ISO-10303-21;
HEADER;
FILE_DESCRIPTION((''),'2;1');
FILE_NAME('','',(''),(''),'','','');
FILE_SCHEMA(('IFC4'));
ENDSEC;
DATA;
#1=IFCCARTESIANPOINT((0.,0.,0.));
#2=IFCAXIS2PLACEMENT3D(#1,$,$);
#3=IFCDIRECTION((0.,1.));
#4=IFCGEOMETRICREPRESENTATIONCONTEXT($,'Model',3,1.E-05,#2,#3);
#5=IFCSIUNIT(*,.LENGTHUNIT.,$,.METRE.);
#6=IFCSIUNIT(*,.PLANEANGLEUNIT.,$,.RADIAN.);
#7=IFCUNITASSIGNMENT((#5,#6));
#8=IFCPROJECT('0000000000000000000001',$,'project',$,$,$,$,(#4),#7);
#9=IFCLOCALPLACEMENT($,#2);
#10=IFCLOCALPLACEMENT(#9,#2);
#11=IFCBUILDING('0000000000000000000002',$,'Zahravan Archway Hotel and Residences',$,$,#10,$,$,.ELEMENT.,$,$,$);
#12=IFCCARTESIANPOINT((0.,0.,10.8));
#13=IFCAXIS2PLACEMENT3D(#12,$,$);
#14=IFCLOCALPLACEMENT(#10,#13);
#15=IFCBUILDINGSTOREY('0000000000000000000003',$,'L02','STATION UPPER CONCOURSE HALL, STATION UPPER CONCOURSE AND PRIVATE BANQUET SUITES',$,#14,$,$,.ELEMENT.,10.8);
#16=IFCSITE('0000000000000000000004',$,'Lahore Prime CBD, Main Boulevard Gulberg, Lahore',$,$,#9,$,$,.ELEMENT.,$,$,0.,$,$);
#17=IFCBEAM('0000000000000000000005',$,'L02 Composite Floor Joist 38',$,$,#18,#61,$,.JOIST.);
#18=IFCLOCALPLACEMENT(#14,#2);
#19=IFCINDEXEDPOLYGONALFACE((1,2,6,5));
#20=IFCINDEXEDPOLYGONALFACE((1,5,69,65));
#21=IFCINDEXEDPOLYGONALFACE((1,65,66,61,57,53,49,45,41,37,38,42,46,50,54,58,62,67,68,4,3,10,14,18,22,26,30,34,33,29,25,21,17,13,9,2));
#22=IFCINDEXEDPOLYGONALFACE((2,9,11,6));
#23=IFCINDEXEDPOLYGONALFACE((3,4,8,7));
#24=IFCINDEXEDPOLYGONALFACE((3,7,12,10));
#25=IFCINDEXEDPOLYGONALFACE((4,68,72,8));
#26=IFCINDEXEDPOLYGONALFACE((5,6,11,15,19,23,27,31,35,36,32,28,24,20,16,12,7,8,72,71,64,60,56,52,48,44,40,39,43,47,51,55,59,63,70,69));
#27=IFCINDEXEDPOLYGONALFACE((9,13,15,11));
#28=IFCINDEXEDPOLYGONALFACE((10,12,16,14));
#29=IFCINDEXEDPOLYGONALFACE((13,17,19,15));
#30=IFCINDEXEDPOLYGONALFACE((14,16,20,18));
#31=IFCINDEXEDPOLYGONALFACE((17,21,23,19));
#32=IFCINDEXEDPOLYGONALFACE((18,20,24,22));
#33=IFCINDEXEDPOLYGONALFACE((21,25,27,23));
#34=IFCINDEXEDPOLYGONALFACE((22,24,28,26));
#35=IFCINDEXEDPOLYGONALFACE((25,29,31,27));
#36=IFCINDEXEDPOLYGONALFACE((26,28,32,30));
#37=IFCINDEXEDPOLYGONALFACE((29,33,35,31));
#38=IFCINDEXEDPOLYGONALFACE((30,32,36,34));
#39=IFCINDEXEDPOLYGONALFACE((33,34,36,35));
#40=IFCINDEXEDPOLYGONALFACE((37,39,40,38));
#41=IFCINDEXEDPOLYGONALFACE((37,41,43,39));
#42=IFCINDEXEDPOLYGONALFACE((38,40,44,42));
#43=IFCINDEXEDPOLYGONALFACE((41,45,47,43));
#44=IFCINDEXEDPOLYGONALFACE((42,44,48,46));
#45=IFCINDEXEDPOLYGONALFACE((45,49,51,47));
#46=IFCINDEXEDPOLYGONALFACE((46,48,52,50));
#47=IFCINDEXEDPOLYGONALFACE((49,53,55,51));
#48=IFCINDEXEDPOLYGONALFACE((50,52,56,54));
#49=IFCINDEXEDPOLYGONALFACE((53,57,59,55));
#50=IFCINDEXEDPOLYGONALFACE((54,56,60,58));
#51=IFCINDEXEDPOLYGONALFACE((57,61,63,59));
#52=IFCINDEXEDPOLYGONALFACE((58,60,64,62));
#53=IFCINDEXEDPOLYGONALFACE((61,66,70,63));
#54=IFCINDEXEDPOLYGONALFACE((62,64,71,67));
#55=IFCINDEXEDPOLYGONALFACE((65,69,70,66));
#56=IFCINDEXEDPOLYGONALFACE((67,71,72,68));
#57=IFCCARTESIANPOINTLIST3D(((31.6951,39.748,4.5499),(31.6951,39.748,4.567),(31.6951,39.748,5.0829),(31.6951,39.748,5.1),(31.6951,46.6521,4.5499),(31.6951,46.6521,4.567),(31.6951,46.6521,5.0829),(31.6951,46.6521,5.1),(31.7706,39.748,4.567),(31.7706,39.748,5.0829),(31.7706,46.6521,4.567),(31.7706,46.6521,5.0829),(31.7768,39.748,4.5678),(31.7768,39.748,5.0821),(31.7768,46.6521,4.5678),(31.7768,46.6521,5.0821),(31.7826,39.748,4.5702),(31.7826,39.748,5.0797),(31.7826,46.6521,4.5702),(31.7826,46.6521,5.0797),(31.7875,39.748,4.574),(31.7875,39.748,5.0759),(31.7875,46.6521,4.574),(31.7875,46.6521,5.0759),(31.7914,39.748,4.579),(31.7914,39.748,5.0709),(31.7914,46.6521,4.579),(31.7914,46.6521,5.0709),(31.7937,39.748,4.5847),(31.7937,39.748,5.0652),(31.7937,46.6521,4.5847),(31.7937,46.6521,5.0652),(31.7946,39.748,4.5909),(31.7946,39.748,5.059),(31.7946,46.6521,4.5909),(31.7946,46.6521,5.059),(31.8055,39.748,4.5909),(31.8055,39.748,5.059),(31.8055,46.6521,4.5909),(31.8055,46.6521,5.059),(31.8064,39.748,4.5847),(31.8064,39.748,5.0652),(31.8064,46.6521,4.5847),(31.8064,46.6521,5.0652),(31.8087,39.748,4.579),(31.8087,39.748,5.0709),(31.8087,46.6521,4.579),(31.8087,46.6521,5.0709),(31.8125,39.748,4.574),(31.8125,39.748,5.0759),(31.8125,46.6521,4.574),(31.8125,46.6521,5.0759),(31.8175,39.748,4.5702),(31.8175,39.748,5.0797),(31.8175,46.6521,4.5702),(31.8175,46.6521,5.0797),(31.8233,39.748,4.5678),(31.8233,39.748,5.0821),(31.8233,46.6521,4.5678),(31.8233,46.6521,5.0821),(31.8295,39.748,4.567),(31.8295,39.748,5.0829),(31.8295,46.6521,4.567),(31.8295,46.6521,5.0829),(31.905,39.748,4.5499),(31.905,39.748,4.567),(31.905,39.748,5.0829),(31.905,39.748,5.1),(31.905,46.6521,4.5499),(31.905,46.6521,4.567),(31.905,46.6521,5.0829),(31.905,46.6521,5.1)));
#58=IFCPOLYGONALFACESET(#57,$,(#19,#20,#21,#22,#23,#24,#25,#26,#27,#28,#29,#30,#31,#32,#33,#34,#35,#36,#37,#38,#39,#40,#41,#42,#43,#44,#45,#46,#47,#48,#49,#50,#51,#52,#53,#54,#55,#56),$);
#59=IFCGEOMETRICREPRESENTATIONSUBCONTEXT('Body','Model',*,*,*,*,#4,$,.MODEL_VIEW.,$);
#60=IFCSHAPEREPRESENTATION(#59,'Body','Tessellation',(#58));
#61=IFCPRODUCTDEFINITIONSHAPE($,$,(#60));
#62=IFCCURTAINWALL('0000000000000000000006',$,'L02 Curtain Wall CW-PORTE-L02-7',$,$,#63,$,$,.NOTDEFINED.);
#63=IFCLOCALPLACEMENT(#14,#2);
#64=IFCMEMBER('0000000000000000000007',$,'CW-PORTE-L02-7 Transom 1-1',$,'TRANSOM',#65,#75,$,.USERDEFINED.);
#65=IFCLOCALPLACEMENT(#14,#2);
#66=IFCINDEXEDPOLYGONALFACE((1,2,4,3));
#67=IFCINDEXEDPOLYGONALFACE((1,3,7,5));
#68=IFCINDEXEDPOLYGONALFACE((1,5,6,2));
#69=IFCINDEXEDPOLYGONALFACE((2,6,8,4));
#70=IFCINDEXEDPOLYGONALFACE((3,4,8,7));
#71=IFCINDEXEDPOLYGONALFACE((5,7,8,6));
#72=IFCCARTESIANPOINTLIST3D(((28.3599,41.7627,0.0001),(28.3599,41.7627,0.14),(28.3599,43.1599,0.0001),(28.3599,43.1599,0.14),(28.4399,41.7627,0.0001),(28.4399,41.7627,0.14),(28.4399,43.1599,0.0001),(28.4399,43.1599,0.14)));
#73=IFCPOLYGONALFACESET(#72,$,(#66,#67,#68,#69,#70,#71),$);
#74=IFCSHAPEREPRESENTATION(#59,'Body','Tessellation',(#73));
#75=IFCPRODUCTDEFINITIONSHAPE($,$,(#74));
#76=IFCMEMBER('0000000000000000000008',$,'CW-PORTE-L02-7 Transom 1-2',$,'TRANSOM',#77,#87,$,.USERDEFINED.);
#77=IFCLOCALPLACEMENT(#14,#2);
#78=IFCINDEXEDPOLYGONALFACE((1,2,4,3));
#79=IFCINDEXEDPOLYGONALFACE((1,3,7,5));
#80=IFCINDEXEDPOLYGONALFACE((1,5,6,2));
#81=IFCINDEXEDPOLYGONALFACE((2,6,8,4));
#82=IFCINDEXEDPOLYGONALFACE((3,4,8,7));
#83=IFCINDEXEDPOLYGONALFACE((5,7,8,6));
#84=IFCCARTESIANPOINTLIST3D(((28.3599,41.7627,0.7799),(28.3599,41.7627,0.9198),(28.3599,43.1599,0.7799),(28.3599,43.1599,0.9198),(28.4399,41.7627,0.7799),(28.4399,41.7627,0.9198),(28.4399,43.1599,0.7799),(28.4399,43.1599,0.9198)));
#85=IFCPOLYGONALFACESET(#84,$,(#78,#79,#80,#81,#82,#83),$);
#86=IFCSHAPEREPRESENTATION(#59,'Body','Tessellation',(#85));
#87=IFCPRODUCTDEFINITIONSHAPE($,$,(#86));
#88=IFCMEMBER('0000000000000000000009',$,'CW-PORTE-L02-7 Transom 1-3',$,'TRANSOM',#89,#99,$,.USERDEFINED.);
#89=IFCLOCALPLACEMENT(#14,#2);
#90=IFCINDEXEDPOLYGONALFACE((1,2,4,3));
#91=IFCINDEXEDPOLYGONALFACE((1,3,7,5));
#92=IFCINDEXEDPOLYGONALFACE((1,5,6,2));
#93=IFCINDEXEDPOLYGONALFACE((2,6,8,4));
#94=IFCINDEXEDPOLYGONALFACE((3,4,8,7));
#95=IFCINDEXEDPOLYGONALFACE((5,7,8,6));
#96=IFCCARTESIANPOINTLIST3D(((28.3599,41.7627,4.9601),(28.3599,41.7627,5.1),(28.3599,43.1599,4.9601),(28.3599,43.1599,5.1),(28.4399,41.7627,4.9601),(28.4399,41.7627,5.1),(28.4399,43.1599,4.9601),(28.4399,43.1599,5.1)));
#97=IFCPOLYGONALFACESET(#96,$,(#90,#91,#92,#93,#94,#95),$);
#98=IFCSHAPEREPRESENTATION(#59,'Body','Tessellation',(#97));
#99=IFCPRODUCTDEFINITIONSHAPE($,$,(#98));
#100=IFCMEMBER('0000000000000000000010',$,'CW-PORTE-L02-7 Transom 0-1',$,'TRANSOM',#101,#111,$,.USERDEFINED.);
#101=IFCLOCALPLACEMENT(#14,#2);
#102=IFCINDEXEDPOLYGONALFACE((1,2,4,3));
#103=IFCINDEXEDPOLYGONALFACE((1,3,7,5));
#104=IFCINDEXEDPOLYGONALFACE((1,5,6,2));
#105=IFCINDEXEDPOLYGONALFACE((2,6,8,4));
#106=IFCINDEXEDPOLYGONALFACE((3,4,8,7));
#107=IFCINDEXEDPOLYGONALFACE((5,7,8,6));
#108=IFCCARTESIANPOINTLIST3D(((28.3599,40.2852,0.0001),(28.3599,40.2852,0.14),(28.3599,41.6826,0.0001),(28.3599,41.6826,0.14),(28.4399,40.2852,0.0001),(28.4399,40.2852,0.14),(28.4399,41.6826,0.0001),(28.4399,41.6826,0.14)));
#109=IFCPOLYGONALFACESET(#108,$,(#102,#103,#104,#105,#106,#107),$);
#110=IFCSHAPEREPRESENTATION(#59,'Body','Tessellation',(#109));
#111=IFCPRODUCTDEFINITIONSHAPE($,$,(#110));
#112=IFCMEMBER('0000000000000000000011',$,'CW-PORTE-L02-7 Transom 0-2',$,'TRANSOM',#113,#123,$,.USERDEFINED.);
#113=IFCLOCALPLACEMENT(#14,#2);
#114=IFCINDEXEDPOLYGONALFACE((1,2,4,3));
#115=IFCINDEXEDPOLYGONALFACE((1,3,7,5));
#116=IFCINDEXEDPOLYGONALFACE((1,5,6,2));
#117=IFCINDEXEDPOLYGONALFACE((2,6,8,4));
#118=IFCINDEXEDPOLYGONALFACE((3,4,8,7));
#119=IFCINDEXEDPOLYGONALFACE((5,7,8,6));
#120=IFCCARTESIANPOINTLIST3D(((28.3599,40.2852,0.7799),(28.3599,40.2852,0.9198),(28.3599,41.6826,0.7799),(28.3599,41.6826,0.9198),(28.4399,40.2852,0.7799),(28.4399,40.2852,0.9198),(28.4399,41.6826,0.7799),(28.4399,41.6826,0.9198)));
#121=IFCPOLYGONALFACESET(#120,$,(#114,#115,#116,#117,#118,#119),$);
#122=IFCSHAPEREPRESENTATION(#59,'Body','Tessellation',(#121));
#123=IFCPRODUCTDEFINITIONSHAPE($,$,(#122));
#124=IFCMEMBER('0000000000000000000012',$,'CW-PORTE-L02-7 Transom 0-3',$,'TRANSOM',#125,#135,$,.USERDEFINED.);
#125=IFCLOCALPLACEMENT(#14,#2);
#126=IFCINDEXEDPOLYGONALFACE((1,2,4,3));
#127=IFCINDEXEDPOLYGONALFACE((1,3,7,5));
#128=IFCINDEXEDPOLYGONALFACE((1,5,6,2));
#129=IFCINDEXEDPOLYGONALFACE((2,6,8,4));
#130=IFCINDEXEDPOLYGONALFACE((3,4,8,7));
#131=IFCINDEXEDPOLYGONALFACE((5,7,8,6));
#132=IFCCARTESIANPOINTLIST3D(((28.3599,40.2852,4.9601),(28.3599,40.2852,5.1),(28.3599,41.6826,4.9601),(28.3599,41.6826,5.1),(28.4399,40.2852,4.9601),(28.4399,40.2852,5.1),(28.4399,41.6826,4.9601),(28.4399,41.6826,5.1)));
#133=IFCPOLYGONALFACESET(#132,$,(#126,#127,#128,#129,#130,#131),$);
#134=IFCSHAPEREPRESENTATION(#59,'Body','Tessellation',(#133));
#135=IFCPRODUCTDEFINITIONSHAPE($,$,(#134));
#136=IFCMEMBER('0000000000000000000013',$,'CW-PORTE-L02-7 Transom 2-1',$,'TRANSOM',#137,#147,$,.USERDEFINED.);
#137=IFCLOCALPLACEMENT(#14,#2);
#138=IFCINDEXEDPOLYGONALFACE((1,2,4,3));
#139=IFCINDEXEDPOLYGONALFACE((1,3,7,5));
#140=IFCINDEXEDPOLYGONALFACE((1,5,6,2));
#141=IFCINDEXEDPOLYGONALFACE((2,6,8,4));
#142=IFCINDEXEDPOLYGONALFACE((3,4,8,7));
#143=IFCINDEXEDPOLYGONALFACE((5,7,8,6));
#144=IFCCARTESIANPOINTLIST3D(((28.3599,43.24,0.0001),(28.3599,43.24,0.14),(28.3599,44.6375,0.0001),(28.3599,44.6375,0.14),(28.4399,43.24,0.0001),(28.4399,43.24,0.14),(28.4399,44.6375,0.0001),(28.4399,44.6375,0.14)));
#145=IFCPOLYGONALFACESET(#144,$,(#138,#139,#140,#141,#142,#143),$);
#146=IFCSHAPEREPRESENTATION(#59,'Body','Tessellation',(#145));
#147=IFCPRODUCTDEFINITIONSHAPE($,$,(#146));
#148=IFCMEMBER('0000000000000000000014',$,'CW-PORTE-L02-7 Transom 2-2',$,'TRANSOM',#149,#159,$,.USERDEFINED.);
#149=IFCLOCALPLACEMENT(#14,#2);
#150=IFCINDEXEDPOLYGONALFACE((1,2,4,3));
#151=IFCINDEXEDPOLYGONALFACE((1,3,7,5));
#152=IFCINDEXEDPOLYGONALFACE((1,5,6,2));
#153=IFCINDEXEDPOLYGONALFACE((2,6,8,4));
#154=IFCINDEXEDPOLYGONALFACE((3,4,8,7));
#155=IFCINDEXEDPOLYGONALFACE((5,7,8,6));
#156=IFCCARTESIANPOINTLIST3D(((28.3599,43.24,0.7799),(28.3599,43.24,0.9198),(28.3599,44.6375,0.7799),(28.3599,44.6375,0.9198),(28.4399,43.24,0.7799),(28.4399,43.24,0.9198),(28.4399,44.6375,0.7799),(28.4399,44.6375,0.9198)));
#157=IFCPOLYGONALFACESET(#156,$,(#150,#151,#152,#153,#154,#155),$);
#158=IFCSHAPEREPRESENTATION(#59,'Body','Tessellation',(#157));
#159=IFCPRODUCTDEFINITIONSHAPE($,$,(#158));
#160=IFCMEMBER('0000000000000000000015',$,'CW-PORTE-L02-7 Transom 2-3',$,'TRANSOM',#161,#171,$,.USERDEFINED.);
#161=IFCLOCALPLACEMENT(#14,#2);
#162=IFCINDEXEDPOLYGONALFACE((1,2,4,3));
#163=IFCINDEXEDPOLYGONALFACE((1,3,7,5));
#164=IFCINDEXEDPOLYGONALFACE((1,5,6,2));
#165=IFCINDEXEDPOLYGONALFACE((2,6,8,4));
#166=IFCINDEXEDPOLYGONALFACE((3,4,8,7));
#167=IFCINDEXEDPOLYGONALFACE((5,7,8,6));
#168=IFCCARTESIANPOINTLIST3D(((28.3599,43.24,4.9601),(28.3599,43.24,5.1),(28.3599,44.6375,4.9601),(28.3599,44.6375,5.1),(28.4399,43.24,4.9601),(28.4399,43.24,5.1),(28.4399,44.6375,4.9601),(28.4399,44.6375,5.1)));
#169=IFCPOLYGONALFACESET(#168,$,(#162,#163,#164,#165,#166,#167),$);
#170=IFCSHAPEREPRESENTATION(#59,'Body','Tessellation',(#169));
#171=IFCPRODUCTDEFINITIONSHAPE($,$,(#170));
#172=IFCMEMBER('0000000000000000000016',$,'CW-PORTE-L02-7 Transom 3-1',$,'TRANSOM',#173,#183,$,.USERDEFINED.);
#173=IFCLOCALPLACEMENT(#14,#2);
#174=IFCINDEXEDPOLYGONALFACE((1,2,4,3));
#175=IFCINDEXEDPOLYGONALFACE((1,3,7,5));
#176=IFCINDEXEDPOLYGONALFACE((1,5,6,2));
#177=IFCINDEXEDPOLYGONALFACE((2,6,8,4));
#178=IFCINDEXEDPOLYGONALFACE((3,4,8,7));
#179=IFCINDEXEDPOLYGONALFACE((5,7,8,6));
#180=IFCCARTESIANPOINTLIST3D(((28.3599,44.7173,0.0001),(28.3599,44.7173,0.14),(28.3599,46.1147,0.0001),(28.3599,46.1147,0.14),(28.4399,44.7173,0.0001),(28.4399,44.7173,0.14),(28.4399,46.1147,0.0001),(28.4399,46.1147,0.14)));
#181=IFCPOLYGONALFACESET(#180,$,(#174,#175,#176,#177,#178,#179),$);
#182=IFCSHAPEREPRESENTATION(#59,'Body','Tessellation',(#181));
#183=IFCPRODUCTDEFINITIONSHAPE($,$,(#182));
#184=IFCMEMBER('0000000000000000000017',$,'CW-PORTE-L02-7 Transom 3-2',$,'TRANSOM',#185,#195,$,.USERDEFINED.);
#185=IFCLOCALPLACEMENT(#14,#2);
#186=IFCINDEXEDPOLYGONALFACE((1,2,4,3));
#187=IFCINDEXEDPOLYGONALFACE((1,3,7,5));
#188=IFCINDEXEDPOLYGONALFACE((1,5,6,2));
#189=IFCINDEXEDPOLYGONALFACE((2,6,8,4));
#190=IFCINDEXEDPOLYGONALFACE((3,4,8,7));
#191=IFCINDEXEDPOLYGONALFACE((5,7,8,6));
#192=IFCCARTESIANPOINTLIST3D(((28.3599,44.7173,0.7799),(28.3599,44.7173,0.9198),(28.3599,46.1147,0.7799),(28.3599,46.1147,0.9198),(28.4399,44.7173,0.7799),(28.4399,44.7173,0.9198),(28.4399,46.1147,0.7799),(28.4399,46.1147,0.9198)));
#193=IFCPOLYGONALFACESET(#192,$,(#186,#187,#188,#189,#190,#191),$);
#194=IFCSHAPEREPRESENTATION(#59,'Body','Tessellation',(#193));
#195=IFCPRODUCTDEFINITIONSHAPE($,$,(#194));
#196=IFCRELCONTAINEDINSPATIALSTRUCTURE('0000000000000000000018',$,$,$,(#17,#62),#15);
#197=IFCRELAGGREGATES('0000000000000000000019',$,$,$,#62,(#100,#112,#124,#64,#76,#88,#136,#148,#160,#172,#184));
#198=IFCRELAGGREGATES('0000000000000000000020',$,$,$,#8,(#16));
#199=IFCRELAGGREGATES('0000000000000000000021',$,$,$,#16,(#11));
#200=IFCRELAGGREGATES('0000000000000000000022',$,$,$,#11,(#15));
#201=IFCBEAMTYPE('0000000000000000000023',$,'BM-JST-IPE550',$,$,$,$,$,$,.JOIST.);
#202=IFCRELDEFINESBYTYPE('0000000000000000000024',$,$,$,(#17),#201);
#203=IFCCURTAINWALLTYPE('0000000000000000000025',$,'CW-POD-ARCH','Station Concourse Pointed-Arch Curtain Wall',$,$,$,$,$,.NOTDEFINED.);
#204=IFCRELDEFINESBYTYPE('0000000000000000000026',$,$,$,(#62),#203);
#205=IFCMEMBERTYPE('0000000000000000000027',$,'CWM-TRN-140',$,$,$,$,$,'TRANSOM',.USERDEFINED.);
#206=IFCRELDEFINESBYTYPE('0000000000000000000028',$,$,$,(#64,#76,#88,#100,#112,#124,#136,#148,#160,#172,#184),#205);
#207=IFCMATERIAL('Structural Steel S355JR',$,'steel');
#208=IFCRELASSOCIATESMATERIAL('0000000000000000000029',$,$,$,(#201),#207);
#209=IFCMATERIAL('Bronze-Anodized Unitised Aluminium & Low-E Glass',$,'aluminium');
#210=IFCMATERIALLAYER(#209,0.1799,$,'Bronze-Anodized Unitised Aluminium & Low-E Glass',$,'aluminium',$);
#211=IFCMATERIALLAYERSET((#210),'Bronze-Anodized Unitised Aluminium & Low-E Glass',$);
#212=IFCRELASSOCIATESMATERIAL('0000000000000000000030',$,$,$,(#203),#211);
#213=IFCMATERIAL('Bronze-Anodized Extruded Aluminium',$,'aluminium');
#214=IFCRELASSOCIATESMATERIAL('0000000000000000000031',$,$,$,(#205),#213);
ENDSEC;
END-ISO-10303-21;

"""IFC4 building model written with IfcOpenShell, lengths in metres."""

from ifc_helpers import new_model, si_unit, direction, frame, origin, origin_2d, place, context, subcontext, project, spatial, rectangle, i_section, extrude, source, transform, mapped, material, layer, layer_set, material_profile, profile_set, type_object, type_shapes, element, aggregate, save


model = new_model("IFC4")

# Units and contexts
model_context = context("Model", 3, precision=1e-05, world=origin(), true_north=direction((0.0, 1.0)))
body_context = subcontext(model_context, "Body", "Model", "MODEL_VIEW")
ifc_project = project(units=[si_unit("LENGTHUNIT", "METRE"), si_unit("PLANEANGLEUNIT", "RADIAN")], contexts=[model_context])

# Site, building, storey
site_placement = place(None, origin())
site = spatial("IfcSite", under=ifc_project, at=site_placement, Name="Lahore Prime CBD, Main Boulevard Gulberg, Lahore", CompositionType="ELEMENT", RefElevation=0.0)
building_placement = place(site_placement, origin())
building = spatial("IfcBuilding", under=site, at=building_placement, Name="Zahravan Archway Hotel and Residences", CompositionType="ELEMENT")
storey_placement = place(building_placement, frame((0.0, 0.0, 10.8)))
storey = spatial("IfcBuildingStorey", under=building, at=storey_placement, Name="L02", Description="STATION UPPER CONCOURSE HALL, STATION UPPER CONCOURSE AND PRIVATE BANQUET SUITES", CompositionType="ELEMENT", Elevation=10.8)

# Beam
ifc_material_1 = material(Name="Structural Steel S355JR", Category="steel")
ifc_material_profile_1 = material_profile(ifc_material_1, i_section(OverallWidth=0.21, OverallDepth=0.55, WebThickness=0.011, FlangeThickness=0.0171, FilletRadius=0.0239, at=origin_2d()), Name="IPE 550", Category="steel")
ifc_profile_set_1 = profile_set([ifc_material_profile_1], Name="Structural Steel S355JR")
beam_type_1 = type_object("IfcBeamType", Name="BM-JST-IPE550", PredefinedType="JOIST", material=ifc_profile_set_1)
shared_shape_1 = source(origin(), body_context, "Body", "SweptSolid", [
    extrude(i_section(OverallWidth=0.21, OverallDepth=0.55, WebThickness=0.011, FlangeThickness=0.0171, FilletRadius=0.0239, at=origin_2d()), origin(), (0.0, 0.0, 1.0), 6.9041),
])
type_shapes(beam_type_1, [shared_shape_1])
beam_1_placement = place(storey_placement, frame((31.8, 39.748, 4.825), z_axis=(0.0, 1.0, 0.0), x_axis=(-1.0, 0.0, 0.0)))
element("IfcBeam", 1, at=beam_1_placement, inside=storey, type_object=beam_type_1, Name="L02 Composite Floor Joist 38", PredefinedType="JOIST", context=body_context, shape_type="MappedRepresentation", body=[
    mapped(shared_shape_1, transform((0.0, 0.0, 0.0), scale=1.0)),
])

# Curtain wall, members
ifc_material_2 = material(Name="Bronze-Anodized Unitised Aluminium & Low-E Glass", Category="aluminium")
ifc_layer_1 = layer(ifc_material_2, 0.1799, Name="Bronze-Anodized Unitised Aluminium & Low-E Glass", Category="aluminium")
ifc_layer_set_1 = layer_set([ifc_layer_1], Name="Bronze-Anodized Unitised Aluminium & Low-E Glass")
curtain_wall_type = type_object("IfcCurtainWallType", Name="CW-POD-ARCH", Description="Station Concourse Pointed-Arch Curtain Wall", PredefinedType="NOTDEFINED", material=ifc_layer_set_1)
curtain_wall_placement = place(storey_placement, origin())
curtain_wall = element("IfcCurtainWall", 2, at=curtain_wall_placement, inside=storey, type_object=curtain_wall_type, Name="L02 Curtain Wall CW-PORTE-L02-7", PredefinedType="NOTDEFINED")
ifc_material_3 = material(Name="Bronze-Anodized Extruded Aluminium", Category="aluminium")
ifc_material_profile_2 = material_profile(ifc_material_3, rectangle(XDim=0.0801, YDim=0.1399, at=origin_2d()), Name="TRN 80x140", Category="aluminium")
ifc_profile_set_2 = profile_set([ifc_material_profile_2], Name="Bronze-Anodized Extruded Aluminium")
member_type_1 = type_object("IfcMemberType", Name="CWM-TRN-140", ElementType="TRANSOM", PredefinedType="USERDEFINED", material=ifc_profile_set_2)
shared_shape_2 = source(origin(), body_context, "Body", "SweptSolid", [
    extrude(rectangle(XDim=0.0801, YDim=0.1399, at=origin_2d()), origin(), (0.0, 0.0, 1.0), 1.3972),
])
member_1_placement = place(storey_placement, frame((28.3999, 41.7627, 0.0701), z_axis=(0.0, 1.0, 0.0), x_axis=(-1.0, 0.0, 0.0)))
member_1 = element("IfcMember", 3, at=member_1_placement, type_object=member_type_1, Name="CW-PORTE-L02-7 Transom 1-1", ObjectType="TRANSOM", PredefinedType="USERDEFINED", context=body_context, shape_type="MappedRepresentation", body=[
    mapped(shared_shape_2, transform((0.0, 0.0, 0.0), scale=1.0)),
])
member_2_placement = place(storey_placement, frame((28.3999, 41.7627, 0.8499), z_axis=(0.0, 1.0, 0.0), x_axis=(-1.0, 0.0, 0.0)))
member_2 = element("IfcMember", 4, at=member_2_placement, type_object=member_type_1, Name="CW-PORTE-L02-7 Transom 1-2", ObjectType="TRANSOM", PredefinedType="USERDEFINED", context=body_context, shape_type="MappedRepresentation", body=[
    mapped(shared_shape_2, transform((0.0, 0.0, 0.0), scale=1.0)),
])
member_3_placement = place(storey_placement, frame((28.3999, 41.7627, 5.03), z_axis=(0.0, 1.0, 0.0), x_axis=(-1.0, 0.0, 0.0)))
member_3 = element("IfcMember", 5, at=member_3_placement, type_object=member_type_1, Name="CW-PORTE-L02-7 Transom 1-3", ObjectType="TRANSOM", PredefinedType="USERDEFINED", context=body_context, shape_type="MappedRepresentation", body=[
    mapped(shared_shape_2, transform((0.0, 0.0, 0.0), scale=1.0)),
])
shared_shape_3 = source(origin(), body_context, "Body", "SweptSolid", [
    extrude(rectangle(XDim=0.0801, YDim=0.1399, at=origin_2d()), origin(), (0.0, 0.0, 1.0), 1.3975),
])
member_4_placement = place(storey_placement, frame((28.3999, 40.2852, 0.0701), z_axis=(0.0, 1.0, 0.0), x_axis=(-1.0, 0.0, 0.0)))
member_4 = element("IfcMember", 6, at=member_4_placement, type_object=member_type_1, Name="CW-PORTE-L02-7 Transom 0-1", ObjectType="TRANSOM", PredefinedType="USERDEFINED", context=body_context, shape_type="MappedRepresentation", body=[
    mapped(shared_shape_3, transform((0.0, 0.0, 0.0), scale=1.0)),
])
member_5_placement = place(storey_placement, frame((28.3999, 40.2852, 0.8499), z_axis=(0.0, 1.0, 0.0), x_axis=(-1.0, 0.0, 0.0)))
member_5 = element("IfcMember", 7, at=member_5_placement, type_object=member_type_1, Name="CW-PORTE-L02-7 Transom 0-2", ObjectType="TRANSOM", PredefinedType="USERDEFINED", context=body_context, shape_type="MappedRepresentation", body=[
    mapped(shared_shape_3, transform((0.0, 0.0, 0.0), scale=1.0)),
])
member_6_placement = place(storey_placement, frame((28.3999, 40.2852, 5.03), z_axis=(0.0, 1.0, 0.0), x_axis=(-1.0, 0.0, 0.0)))
member_6 = element("IfcMember", 8, at=member_6_placement, type_object=member_type_1, Name="CW-PORTE-L02-7 Transom 0-3", ObjectType="TRANSOM", PredefinedType="USERDEFINED", context=body_context, shape_type="MappedRepresentation", body=[
    mapped(shared_shape_3, transform((0.0, 0.0, 0.0), scale=1.0)),
])
member_7_placement = place(storey_placement, frame((28.3999, 43.24, 0.0701), z_axis=(0.0, 1.0, 0.0), x_axis=(-1.0, 0.0, 0.0)))
member_7 = element("IfcMember", 9, at=member_7_placement, type_object=member_type_1, Name="CW-PORTE-L02-7 Transom 2-1", ObjectType="TRANSOM", PredefinedType="USERDEFINED", context=body_context, shape_type="MappedRepresentation", body=[
    mapped(shared_shape_3, transform((0.0, 0.0, 0.0), scale=1.0)),
])
member_8_placement = place(storey_placement, frame((28.3999, 43.24, 0.8499), z_axis=(0.0, 1.0, 0.0), x_axis=(-1.0, 0.0, 0.0)))
member_8 = element("IfcMember", 10, at=member_8_placement, type_object=member_type_1, Name="CW-PORTE-L02-7 Transom 2-2", ObjectType="TRANSOM", PredefinedType="USERDEFINED", context=body_context, shape_type="MappedRepresentation", body=[
    mapped(shared_shape_3, transform((0.0, 0.0, 0.0), scale=1.0)),
])
member_9_placement = place(storey_placement, frame((28.3999, 43.24, 5.03), z_axis=(0.0, 1.0, 0.0), x_axis=(-1.0, 0.0, 0.0)))
member_9 = element("IfcMember", 11, at=member_9_placement, type_object=member_type_1, Name="CW-PORTE-L02-7 Transom 2-3", ObjectType="TRANSOM", PredefinedType="USERDEFINED", context=body_context, shape_type="MappedRepresentation", body=[
    mapped(shared_shape_3, transform((0.0, 0.0, 0.0), scale=1.0)),
])
member_10_placement = place(storey_placement, frame((28.3999, 44.7173, 0.0701), z_axis=(0.0, 1.0, 0.0), x_axis=(-1.0, 0.0, 0.0)))
member_10 = element("IfcMember", 12, at=member_10_placement, type_object=member_type_1, Name="CW-PORTE-L02-7 Transom 3-1", ObjectType="TRANSOM", PredefinedType="USERDEFINED", context=body_context, shape_type="MappedRepresentation", body=[
    mapped(shared_shape_3, transform((0.0, 0.0, 0.0), scale=1.0)),
])
member_11_placement = place(storey_placement, frame((28.3999, 44.7173, 0.8499), z_axis=(0.0, 1.0, 0.0), x_axis=(-1.0, 0.0, 0.0)))
member_11 = element("IfcMember", 13, at=member_11_placement, type_object=member_type_1, Name="CW-PORTE-L02-7 Transom 3-2", ObjectType="TRANSOM", PredefinedType="USERDEFINED", context=body_context, shape_type="MappedRepresentation", body=[
    mapped(shared_shape_3, transform((0.0, 0.0, 0.0), scale=1.0)),
])
aggregate(curtain_wall, [member_4, member_5, member_6, member_1, member_2, member_3, member_7, member_8, member_9, member_10, member_11])

save(model, "model.ifc")
